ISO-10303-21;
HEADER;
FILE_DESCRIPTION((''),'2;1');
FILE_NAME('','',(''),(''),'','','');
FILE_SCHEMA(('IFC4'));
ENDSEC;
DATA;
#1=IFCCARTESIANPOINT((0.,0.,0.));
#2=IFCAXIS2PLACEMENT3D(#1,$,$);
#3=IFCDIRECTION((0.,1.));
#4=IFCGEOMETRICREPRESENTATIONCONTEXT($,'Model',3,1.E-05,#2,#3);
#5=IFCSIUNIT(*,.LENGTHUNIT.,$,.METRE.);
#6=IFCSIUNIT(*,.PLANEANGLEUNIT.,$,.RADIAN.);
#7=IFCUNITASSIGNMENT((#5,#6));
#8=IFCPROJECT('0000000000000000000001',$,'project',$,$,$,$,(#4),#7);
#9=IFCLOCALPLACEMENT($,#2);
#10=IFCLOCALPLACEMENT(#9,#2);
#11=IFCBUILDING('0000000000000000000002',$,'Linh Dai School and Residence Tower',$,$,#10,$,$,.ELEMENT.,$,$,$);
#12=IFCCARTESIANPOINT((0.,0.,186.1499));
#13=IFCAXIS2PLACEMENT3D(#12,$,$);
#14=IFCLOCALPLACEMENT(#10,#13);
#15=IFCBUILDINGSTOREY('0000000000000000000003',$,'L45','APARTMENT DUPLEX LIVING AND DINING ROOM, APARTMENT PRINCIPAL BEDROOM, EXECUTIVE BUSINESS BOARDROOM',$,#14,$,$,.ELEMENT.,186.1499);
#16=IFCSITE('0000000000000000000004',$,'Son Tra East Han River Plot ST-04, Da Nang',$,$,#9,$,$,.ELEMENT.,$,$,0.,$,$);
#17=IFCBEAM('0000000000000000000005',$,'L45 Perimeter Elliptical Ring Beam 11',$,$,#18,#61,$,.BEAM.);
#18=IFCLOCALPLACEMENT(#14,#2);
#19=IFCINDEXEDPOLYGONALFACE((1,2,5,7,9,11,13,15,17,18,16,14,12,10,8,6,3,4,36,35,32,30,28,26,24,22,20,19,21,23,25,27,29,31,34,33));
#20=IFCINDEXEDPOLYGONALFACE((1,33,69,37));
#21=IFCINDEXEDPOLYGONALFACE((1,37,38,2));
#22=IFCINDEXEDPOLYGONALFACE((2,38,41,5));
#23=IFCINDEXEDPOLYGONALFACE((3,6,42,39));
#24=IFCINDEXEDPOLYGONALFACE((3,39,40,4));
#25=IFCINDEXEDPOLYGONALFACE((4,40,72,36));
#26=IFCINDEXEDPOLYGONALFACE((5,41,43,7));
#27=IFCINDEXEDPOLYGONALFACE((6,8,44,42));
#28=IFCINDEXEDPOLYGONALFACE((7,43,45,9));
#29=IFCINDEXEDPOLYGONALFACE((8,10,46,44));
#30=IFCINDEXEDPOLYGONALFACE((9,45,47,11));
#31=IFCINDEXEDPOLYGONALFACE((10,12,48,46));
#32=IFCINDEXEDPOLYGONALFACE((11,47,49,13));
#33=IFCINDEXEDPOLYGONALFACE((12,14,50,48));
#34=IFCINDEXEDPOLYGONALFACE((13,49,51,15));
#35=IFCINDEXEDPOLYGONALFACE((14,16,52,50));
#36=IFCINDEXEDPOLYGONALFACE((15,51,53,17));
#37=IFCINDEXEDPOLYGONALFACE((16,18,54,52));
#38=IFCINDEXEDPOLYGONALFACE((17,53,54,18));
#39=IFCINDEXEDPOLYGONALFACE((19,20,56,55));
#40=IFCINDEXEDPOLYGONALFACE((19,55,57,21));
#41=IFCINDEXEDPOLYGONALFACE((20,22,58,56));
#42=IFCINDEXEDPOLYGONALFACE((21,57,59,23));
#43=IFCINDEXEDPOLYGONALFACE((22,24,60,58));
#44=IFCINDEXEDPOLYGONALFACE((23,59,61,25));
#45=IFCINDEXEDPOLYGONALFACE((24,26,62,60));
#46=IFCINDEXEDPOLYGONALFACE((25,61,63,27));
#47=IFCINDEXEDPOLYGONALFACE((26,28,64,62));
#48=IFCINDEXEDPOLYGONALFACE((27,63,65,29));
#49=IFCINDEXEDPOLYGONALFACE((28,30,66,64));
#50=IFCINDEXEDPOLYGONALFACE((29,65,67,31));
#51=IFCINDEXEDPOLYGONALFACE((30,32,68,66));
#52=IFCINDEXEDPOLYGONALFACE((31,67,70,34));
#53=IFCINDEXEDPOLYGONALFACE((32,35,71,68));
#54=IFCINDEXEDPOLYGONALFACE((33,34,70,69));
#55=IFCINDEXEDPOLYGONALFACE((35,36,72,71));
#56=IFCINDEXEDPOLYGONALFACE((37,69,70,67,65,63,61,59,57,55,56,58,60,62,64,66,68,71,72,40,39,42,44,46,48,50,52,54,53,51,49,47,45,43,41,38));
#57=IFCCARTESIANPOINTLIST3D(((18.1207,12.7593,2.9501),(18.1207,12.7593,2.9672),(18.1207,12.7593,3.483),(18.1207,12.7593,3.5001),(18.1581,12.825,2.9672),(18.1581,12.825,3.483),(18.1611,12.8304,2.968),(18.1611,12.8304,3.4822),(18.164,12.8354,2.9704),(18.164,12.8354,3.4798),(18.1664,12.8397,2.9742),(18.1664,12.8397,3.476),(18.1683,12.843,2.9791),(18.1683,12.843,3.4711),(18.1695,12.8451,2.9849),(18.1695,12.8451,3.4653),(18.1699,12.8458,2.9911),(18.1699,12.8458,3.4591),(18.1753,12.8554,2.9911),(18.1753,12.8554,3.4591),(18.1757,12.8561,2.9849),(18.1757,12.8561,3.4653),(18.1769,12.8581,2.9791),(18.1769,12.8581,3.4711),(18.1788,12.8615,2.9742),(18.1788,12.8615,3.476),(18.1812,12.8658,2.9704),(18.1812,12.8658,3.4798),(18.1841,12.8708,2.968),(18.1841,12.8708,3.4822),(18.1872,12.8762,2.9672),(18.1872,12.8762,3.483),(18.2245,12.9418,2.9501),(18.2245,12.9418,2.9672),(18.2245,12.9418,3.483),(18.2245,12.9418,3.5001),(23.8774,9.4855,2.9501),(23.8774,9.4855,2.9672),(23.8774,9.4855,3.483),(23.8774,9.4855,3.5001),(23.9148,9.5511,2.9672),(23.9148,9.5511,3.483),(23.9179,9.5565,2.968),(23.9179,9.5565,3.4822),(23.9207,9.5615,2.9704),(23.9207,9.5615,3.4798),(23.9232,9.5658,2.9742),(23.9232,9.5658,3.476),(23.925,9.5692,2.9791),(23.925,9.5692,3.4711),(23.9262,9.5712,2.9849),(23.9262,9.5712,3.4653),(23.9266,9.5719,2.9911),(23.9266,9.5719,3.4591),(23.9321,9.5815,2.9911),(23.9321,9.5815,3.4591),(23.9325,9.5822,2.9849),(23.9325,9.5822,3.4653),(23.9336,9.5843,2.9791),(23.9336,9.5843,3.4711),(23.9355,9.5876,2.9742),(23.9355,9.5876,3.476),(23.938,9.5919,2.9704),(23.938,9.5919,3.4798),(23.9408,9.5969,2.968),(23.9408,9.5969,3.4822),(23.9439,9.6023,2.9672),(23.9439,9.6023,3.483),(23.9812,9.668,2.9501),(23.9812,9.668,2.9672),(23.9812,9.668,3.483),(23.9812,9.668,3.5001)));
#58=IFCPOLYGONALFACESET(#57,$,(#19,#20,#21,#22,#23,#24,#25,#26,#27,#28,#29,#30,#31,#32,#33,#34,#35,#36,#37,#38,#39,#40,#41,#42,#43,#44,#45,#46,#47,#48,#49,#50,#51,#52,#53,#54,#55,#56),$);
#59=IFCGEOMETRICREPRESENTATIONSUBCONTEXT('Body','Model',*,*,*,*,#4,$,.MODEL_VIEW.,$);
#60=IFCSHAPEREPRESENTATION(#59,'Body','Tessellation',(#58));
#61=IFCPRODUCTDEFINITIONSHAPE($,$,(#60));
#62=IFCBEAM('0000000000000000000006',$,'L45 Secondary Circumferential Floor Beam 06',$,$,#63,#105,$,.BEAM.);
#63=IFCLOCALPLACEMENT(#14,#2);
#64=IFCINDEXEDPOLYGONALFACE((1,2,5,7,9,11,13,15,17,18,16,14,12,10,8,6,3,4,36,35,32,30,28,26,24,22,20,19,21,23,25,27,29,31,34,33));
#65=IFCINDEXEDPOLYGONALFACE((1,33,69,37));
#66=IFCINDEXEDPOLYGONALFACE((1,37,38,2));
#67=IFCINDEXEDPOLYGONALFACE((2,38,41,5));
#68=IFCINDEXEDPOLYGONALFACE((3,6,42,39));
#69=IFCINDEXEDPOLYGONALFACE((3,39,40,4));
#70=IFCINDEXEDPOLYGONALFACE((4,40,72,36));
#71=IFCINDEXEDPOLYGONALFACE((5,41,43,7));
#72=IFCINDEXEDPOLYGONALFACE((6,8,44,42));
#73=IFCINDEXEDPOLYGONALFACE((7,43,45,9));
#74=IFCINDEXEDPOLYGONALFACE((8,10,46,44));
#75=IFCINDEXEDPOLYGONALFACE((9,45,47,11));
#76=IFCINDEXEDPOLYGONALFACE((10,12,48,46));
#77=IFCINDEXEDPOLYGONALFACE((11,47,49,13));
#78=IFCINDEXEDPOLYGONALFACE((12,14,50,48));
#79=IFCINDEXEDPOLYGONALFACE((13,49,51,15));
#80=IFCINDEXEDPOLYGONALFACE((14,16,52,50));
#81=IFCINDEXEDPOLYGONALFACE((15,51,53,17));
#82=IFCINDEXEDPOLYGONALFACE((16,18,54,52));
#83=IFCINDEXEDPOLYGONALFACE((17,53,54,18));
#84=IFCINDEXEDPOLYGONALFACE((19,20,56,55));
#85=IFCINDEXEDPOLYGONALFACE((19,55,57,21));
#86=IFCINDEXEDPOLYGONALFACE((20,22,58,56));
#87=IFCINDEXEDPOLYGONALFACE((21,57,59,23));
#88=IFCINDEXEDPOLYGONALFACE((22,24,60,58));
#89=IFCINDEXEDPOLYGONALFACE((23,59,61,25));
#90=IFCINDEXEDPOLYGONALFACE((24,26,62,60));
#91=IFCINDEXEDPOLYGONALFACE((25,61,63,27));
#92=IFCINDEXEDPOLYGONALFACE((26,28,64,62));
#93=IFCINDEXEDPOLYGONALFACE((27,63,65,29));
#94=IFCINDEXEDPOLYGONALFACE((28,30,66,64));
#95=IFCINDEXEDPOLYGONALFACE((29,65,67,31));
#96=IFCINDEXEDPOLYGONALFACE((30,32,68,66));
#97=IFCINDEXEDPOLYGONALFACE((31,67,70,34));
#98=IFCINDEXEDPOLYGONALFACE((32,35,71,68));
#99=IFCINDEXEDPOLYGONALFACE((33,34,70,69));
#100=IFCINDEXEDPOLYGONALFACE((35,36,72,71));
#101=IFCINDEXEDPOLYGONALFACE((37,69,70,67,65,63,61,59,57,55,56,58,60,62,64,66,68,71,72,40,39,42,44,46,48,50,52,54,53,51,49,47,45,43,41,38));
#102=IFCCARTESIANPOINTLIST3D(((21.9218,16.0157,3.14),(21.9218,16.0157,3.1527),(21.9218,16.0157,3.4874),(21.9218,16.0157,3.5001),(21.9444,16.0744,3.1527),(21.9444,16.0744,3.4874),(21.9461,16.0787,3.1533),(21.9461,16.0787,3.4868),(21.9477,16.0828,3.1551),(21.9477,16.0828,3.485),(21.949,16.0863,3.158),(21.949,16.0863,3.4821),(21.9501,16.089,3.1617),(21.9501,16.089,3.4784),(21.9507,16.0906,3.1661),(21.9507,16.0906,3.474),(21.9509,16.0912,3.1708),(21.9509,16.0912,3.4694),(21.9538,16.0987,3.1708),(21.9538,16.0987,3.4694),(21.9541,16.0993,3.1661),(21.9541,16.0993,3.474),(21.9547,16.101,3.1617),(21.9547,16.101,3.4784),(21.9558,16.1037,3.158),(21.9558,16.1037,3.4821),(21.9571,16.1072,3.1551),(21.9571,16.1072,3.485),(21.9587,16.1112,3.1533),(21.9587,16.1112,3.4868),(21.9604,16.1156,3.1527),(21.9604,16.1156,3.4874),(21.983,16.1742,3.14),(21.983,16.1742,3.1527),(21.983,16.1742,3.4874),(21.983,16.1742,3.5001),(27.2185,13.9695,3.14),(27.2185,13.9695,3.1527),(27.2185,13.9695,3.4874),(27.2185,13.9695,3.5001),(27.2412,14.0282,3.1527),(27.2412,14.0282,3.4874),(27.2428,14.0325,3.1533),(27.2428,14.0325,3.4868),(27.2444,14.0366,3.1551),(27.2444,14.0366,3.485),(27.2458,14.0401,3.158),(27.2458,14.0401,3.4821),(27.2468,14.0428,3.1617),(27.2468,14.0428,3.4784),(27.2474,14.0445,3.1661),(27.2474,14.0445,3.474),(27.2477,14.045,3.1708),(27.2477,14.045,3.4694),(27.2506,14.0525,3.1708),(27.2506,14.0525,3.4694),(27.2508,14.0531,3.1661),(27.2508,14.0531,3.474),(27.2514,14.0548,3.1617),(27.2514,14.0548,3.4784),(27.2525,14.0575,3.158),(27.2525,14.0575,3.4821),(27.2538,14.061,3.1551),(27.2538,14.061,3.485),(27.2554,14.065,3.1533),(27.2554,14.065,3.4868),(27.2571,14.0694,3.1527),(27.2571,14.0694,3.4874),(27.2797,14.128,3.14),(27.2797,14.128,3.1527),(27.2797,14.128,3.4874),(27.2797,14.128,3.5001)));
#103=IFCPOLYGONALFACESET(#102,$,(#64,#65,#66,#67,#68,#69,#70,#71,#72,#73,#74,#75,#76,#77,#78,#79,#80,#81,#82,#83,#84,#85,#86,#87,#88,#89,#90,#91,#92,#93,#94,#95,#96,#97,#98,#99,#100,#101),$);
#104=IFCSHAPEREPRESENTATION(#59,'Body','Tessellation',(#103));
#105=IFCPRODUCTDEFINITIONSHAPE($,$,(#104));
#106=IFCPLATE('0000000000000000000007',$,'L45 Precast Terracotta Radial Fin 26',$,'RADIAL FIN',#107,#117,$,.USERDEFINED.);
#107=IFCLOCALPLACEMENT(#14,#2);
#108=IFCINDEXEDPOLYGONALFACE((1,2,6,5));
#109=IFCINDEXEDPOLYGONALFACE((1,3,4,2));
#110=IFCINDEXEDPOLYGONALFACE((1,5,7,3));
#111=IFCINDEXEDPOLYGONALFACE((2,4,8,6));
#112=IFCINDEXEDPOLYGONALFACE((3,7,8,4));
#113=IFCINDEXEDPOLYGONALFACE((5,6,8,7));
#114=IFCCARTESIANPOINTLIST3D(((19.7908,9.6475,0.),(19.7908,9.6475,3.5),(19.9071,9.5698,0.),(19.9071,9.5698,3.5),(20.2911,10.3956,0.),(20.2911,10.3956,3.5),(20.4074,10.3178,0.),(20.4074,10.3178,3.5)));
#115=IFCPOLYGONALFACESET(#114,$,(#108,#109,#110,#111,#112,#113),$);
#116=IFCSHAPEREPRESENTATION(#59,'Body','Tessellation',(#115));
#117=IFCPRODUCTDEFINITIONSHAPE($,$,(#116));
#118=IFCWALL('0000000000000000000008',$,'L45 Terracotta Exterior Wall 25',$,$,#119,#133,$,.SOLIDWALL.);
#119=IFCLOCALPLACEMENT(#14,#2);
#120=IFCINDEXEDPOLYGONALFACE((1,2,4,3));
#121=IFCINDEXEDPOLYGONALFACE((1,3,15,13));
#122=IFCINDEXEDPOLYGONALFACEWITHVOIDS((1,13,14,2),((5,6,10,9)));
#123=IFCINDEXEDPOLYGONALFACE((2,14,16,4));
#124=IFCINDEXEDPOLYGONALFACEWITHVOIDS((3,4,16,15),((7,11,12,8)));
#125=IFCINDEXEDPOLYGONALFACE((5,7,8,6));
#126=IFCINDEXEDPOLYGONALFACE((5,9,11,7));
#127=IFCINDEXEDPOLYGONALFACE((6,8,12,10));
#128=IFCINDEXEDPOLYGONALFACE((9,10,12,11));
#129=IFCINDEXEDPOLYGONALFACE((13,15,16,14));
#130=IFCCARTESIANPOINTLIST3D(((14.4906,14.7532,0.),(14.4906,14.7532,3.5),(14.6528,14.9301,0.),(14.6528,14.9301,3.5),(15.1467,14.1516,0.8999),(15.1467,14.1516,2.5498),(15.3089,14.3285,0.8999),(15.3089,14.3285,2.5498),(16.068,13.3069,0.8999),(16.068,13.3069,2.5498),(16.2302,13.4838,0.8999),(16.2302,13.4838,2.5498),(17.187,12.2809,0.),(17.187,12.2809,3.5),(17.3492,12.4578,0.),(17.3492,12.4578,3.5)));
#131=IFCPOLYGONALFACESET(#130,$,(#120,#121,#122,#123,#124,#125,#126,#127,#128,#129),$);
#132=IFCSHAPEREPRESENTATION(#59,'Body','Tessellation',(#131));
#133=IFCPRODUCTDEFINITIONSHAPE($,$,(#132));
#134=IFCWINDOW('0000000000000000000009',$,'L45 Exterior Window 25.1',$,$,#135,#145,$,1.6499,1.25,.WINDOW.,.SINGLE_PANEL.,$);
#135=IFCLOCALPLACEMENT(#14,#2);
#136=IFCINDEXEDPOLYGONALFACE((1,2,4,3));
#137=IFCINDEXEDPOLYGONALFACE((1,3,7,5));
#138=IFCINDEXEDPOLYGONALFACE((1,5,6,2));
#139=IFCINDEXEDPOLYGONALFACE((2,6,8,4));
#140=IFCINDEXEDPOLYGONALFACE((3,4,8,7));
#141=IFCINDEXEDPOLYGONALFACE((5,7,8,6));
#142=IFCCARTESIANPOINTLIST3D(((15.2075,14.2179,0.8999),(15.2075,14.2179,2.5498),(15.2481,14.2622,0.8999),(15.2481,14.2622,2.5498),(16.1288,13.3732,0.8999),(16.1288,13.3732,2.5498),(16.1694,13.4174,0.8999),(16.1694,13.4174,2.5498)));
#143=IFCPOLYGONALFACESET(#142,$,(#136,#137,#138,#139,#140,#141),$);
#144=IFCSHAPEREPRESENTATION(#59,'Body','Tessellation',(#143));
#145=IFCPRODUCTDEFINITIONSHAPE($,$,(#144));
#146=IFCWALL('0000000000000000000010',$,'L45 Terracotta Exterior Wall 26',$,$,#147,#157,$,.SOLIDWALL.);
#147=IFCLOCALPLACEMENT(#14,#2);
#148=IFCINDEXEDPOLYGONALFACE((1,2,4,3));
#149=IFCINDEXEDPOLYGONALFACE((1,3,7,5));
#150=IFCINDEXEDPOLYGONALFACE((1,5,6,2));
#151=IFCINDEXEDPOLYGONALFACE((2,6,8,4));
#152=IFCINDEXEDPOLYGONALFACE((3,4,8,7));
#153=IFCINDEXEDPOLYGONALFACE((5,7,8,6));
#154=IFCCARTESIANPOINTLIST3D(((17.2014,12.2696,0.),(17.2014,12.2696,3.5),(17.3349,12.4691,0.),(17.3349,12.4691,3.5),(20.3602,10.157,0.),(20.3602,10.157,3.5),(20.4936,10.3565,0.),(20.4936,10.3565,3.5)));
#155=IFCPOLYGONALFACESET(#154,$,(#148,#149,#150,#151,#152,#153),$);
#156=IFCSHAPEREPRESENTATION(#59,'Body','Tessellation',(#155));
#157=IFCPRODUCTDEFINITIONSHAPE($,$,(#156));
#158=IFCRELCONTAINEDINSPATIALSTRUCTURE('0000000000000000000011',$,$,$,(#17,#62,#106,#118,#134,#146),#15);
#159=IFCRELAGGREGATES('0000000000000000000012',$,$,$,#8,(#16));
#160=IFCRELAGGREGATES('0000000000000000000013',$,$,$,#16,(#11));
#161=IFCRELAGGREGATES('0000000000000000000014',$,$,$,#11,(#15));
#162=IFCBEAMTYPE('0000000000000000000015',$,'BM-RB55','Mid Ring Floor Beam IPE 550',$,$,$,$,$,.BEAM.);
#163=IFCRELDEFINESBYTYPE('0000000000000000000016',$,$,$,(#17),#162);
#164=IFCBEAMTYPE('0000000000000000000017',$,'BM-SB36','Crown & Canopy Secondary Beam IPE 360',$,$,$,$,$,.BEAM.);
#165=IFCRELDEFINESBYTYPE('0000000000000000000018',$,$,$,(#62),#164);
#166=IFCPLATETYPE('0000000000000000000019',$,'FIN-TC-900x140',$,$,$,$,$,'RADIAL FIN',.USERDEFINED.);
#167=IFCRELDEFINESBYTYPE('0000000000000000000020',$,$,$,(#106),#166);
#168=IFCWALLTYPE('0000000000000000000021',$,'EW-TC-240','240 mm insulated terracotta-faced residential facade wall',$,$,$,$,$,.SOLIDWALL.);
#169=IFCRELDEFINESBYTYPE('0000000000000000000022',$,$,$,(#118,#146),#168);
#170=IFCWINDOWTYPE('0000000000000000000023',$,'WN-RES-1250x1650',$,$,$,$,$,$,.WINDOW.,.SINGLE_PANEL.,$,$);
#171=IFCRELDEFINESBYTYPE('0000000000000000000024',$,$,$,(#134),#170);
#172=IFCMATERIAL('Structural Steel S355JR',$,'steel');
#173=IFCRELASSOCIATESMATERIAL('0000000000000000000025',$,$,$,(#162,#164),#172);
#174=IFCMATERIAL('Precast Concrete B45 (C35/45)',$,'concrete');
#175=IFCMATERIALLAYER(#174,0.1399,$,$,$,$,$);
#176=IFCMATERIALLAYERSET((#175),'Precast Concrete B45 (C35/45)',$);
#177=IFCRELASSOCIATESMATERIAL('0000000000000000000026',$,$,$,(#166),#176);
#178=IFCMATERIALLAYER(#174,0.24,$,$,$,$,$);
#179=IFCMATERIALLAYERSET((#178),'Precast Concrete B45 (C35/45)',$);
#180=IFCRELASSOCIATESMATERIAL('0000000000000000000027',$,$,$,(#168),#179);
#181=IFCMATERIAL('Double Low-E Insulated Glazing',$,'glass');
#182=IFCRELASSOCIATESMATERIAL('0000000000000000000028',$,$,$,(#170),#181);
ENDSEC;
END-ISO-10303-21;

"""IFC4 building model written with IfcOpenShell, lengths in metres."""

from ifc_helpers import new_model, si_unit, direction, frame, frame_2d, origin, origin_2d, place, context, subcontext, project, spatial, rectangle, i_section, extrude, source, transform, mapped, material, layer, layer_set, material_profile, profile_set, type_object, element, fill, save


model = new_model("IFC4")

# Units and contexts
model_context = context("Model", 3, precision=1e-05, world=origin(), true_north=direction((0.0, 1.0)))
body_context = subcontext(model_context, "Body", "Model", "MODEL_VIEW")
ifc_project = project(units=[si_unit("LENGTHUNIT", "METRE"), si_unit("PLANEANGLEUNIT", "RADIAN")], contexts=[model_context])

# Site, building, storey
site_placement = place(None, origin())
site = spatial("IfcSite", under=ifc_project, at=site_placement, Name="Son Tra East Han River Plot ST-04, Da Nang", CompositionType="ELEMENT", RefElevation=0.0)
building_placement = place(site_placement, origin())
building = spatial("IfcBuilding", under=site, at=building_placement, Name="Linh Dai School and Residence Tower", CompositionType="ELEMENT")
storey_placement = place(building_placement, frame((0.0, 0.0, 186.1499)))
storey = spatial("IfcBuildingStorey", under=building, at=storey_placement, Name="L45", Description="APARTMENT DUPLEX LIVING AND DINING ROOM, APARTMENT PRINCIPAL BEDROOM, EXECUTIVE BUSINESS BOARDROOM", CompositionType="ELEMENT", Elevation=186.1499)

# Shared definitions
ifc_material_1 = material(Name="Structural Steel S355JR", Category="steel")

# Beams
ifc_material_profile_1 = material_profile(ifc_material_1, i_section(OverallWidth=0.21, OverallDepth=0.55, WebThickness=0.011, FlangeThickness=0.0171, FilletRadius=0.0239, at=origin_2d()), Name="IPE 550")
ifc_profile_set_1 = profile_set([ifc_material_profile_1], Name="Structural Steel S355JR")
beam_type_1 = type_object("IfcBeamType", Name="BM-RB55", Description="Mid Ring Floor Beam IPE 550", PredefinedType="BEAM", material=ifc_profile_set_1)
beam_1_placement = place(storey_placement, frame((18.1726, 12.8506, 3.2251), z_axis=(0.869262, -0.494351, 0.0), x_axis=(0.494351, 0.869262, 0.0)))
element("IfcBeam", 1, at=beam_1_placement, inside=storey, type_object=beam_type_1, Name="L45 Perimeter Elliptical Ring Beam 11", PredefinedType="BEAM", context=body_context, shape_type="SweptSolid", body=[
    extrude(i_section(OverallWidth=0.21, OverallDepth=0.55, WebThickness=0.011, FlangeThickness=0.0171, FilletRadius=0.0239, at=origin_2d()), origin(), (0.0, 0.0, 1.0), 6.6226),
])
ifc_material_profile_2 = material_profile(ifc_material_1, i_section(OverallWidth=0.1699, OverallDepth=0.3601, WebThickness=0.0081, FlangeThickness=0.0127, FilletRadius=0.0181, at=origin_2d()), Name="IPE 360")
ifc_profile_set_2 = profile_set([ifc_material_profile_2], Name="Structural Steel S355JR")
beam_type_2 = type_object("IfcBeamType", Name="BM-SB36", Description="Crown & Canopy Secondary Beam IPE 360", PredefinedType="BEAM", material=ifc_profile_set_2)
beam_2_placement = place(storey_placement, frame((21.9524, 16.095, 3.3201), z_axis=(0.932815, -0.360356, 0.0), x_axis=(0.360356, 0.932815, 0.0)))
element("IfcBeam", 2, at=beam_2_placement, inside=storey, type_object=beam_type_2, Name="L45 Secondary Circumferential Floor Beam 06", PredefinedType="BEAM", context=body_context, shape_type="SweptSolid", body=[
    extrude(i_section(OverallWidth=0.1699, OverallDepth=0.3601, WebThickness=0.0081, FlangeThickness=0.0127, FilletRadius=0.0181, at=origin_2d()), origin(), (0.0, 0.0, 1.0), 5.6782),
])

# Plate
ifc_material_2 = material(Name="Precast Concrete B45 (C35/45)", Category="concrete")
ifc_layer_1 = layer(ifc_material_2, 0.1399)
ifc_layer_set_1 = layer_set([ifc_layer_1], Name="Precast Concrete B45 (C35/45)")
plate_type = type_object("IfcPlateType", Name="FIN-TC-900x140", ElementType="RADIAL FIN", PredefinedType="USERDEFINED", material=ifc_layer_set_1)
shared_shape_1 = source(origin(), body_context, "Body", "SweptSolid", [
    extrude(rectangle(XDim=0.8999, YDim=0.1399, at=origin_2d()), origin(), (0.0, 0.0, 1.0), 3.5),
])
plate_placement = place(storey_placement, frame((20.0991, 9.9827, 0.0), z_axis=(0.0, 0.0, 1.0), x_axis=(-0.555931, -0.831228, 0.0)))
element("IfcPlate", 3, at=plate_placement, inside=storey, type_object=plate_type, Name="L45 Precast Terracotta Radial Fin 26", ObjectType="RADIAL FIN", PredefinedType="USERDEFINED", context=body_context, shape_type="MappedRepresentation", body=[
    mapped(shared_shape_1, transform((0.0, 0.0, 0.0), x_axis=(1.0, 0.0, 0.0), y_axis=(0.0, 1.0, 0.0), z_axis=(0.0, 0.0, 1.0), scale=1.0)),
])

# Wall, opening, window
ifc_layer_2 = layer(ifc_material_2, 0.24)
ifc_layer_set_2 = layer_set([ifc_layer_2], Name="Precast Concrete B45 (C35/45)")
wall_type_1 = type_object("IfcWallType", Name="EW-TC-240", Description="240 mm insulated terracotta-faced residential facade wall", PredefinedType="SOLIDWALL", material=ifc_layer_set_2)
wall_1_placement = place(storey_placement, frame((17.2681, 12.3694, 0.0), z_axis=(0.0, 0.0, 1.0), x_axis=(-0.737077, 0.675809, 0.0)))
wall_1 = element("IfcWall", 4, at=wall_1_placement, inside=storey, type_object=wall_type_1, Name="L45 Terracotta Exterior Wall 25", PredefinedType="SOLIDWALL", context=body_context, shape_type="SweptSolid", body=[
    extrude(rectangle(XDim=3.6582, YDim=0.24, at=frame_2d((1.8291, 0.0))), origin(), (0.0, 0.0, 1.0), 3.5),
])
opening_1_placement = place(wall_1_placement, frame((1.5181, 0.0, 0.8999)))
opening_1 = element("IfcOpeningElement", 5, at=opening_1_placement, cuts=wall_1, PredefinedType="OPENING", context=body_context, shape_type="SweptSolid", body=[
    extrude(rectangle(XDim=1.25, YDim=1.6499, at=origin_2d()), frame((0.625, 0.1299, 0.825), z_axis=(0.0, -1.0, 0.0), x_axis=(1.0, 0.0, 0.0)), (0.0, 0.0, 1.0), 0.26),
])
ifc_material_3 = material(Name="Double Low-E Insulated Glazing", Category="glass")
window_type_1 = type_object("IfcWindowType", Name="WN-RES-1250x1650", PartitioningType="SINGLE_PANEL", PredefinedType="WINDOW", material=ifc_material_3)
shared_shape_2 = source(origin(), body_context, "Body", "SweptSolid", [
    extrude(rectangle(XDim=1.25, YDim=1.6499, at=origin_2d()), frame((0.625, 0.03, 0.825), z_axis=(0.0, -1.0, 0.0), x_axis=(1.0, 0.0, 0.0)), (0.0, 0.0, 1.0), 0.0601),
])
window_1_placement = place(opening_1_placement, origin())
window_1 = element("IfcWindow", 6, at=window_1_placement, inside=storey, type_object=window_type_1, Name="L45 Exterior Window 25.1", OverallHeight=1.6499, OverallWidth=1.25, PartitioningType="SINGLE_PANEL", PredefinedType="WINDOW", context=body_context, shape_type="MappedRepresentation", body=[
    mapped(shared_shape_2, transform((0.0, 0.0, 0.0), x_axis=(1.0, 0.0, 0.0), y_axis=(0.0, 1.0, 0.0), z_axis=(0.0, 0.0, 1.0), scale=1.0)),
])
fill(opening_1, window_1)

# Wall
wall_2_placement = place(storey_placement, frame((20.4268, 10.2568, 0.0), z_axis=(0.0, 0.0, 1.0), x_axis=(-0.831229, 0.55593, 0.0)))
element("IfcWall", 7, at=wall_2_placement, inside=storey, type_object=wall_type_1, Name="L45 Terracotta Exterior Wall 26", PredefinedType="SOLIDWALL", context=body_context, shape_type="SweptSolid", body=[
    extrude(rectangle(XDim=3.8, YDim=0.24, at=frame_2d((1.8999, 0.0))), origin(), (0.0, 0.0, 1.0), 3.5),
])

save(model, "model.ifc")
